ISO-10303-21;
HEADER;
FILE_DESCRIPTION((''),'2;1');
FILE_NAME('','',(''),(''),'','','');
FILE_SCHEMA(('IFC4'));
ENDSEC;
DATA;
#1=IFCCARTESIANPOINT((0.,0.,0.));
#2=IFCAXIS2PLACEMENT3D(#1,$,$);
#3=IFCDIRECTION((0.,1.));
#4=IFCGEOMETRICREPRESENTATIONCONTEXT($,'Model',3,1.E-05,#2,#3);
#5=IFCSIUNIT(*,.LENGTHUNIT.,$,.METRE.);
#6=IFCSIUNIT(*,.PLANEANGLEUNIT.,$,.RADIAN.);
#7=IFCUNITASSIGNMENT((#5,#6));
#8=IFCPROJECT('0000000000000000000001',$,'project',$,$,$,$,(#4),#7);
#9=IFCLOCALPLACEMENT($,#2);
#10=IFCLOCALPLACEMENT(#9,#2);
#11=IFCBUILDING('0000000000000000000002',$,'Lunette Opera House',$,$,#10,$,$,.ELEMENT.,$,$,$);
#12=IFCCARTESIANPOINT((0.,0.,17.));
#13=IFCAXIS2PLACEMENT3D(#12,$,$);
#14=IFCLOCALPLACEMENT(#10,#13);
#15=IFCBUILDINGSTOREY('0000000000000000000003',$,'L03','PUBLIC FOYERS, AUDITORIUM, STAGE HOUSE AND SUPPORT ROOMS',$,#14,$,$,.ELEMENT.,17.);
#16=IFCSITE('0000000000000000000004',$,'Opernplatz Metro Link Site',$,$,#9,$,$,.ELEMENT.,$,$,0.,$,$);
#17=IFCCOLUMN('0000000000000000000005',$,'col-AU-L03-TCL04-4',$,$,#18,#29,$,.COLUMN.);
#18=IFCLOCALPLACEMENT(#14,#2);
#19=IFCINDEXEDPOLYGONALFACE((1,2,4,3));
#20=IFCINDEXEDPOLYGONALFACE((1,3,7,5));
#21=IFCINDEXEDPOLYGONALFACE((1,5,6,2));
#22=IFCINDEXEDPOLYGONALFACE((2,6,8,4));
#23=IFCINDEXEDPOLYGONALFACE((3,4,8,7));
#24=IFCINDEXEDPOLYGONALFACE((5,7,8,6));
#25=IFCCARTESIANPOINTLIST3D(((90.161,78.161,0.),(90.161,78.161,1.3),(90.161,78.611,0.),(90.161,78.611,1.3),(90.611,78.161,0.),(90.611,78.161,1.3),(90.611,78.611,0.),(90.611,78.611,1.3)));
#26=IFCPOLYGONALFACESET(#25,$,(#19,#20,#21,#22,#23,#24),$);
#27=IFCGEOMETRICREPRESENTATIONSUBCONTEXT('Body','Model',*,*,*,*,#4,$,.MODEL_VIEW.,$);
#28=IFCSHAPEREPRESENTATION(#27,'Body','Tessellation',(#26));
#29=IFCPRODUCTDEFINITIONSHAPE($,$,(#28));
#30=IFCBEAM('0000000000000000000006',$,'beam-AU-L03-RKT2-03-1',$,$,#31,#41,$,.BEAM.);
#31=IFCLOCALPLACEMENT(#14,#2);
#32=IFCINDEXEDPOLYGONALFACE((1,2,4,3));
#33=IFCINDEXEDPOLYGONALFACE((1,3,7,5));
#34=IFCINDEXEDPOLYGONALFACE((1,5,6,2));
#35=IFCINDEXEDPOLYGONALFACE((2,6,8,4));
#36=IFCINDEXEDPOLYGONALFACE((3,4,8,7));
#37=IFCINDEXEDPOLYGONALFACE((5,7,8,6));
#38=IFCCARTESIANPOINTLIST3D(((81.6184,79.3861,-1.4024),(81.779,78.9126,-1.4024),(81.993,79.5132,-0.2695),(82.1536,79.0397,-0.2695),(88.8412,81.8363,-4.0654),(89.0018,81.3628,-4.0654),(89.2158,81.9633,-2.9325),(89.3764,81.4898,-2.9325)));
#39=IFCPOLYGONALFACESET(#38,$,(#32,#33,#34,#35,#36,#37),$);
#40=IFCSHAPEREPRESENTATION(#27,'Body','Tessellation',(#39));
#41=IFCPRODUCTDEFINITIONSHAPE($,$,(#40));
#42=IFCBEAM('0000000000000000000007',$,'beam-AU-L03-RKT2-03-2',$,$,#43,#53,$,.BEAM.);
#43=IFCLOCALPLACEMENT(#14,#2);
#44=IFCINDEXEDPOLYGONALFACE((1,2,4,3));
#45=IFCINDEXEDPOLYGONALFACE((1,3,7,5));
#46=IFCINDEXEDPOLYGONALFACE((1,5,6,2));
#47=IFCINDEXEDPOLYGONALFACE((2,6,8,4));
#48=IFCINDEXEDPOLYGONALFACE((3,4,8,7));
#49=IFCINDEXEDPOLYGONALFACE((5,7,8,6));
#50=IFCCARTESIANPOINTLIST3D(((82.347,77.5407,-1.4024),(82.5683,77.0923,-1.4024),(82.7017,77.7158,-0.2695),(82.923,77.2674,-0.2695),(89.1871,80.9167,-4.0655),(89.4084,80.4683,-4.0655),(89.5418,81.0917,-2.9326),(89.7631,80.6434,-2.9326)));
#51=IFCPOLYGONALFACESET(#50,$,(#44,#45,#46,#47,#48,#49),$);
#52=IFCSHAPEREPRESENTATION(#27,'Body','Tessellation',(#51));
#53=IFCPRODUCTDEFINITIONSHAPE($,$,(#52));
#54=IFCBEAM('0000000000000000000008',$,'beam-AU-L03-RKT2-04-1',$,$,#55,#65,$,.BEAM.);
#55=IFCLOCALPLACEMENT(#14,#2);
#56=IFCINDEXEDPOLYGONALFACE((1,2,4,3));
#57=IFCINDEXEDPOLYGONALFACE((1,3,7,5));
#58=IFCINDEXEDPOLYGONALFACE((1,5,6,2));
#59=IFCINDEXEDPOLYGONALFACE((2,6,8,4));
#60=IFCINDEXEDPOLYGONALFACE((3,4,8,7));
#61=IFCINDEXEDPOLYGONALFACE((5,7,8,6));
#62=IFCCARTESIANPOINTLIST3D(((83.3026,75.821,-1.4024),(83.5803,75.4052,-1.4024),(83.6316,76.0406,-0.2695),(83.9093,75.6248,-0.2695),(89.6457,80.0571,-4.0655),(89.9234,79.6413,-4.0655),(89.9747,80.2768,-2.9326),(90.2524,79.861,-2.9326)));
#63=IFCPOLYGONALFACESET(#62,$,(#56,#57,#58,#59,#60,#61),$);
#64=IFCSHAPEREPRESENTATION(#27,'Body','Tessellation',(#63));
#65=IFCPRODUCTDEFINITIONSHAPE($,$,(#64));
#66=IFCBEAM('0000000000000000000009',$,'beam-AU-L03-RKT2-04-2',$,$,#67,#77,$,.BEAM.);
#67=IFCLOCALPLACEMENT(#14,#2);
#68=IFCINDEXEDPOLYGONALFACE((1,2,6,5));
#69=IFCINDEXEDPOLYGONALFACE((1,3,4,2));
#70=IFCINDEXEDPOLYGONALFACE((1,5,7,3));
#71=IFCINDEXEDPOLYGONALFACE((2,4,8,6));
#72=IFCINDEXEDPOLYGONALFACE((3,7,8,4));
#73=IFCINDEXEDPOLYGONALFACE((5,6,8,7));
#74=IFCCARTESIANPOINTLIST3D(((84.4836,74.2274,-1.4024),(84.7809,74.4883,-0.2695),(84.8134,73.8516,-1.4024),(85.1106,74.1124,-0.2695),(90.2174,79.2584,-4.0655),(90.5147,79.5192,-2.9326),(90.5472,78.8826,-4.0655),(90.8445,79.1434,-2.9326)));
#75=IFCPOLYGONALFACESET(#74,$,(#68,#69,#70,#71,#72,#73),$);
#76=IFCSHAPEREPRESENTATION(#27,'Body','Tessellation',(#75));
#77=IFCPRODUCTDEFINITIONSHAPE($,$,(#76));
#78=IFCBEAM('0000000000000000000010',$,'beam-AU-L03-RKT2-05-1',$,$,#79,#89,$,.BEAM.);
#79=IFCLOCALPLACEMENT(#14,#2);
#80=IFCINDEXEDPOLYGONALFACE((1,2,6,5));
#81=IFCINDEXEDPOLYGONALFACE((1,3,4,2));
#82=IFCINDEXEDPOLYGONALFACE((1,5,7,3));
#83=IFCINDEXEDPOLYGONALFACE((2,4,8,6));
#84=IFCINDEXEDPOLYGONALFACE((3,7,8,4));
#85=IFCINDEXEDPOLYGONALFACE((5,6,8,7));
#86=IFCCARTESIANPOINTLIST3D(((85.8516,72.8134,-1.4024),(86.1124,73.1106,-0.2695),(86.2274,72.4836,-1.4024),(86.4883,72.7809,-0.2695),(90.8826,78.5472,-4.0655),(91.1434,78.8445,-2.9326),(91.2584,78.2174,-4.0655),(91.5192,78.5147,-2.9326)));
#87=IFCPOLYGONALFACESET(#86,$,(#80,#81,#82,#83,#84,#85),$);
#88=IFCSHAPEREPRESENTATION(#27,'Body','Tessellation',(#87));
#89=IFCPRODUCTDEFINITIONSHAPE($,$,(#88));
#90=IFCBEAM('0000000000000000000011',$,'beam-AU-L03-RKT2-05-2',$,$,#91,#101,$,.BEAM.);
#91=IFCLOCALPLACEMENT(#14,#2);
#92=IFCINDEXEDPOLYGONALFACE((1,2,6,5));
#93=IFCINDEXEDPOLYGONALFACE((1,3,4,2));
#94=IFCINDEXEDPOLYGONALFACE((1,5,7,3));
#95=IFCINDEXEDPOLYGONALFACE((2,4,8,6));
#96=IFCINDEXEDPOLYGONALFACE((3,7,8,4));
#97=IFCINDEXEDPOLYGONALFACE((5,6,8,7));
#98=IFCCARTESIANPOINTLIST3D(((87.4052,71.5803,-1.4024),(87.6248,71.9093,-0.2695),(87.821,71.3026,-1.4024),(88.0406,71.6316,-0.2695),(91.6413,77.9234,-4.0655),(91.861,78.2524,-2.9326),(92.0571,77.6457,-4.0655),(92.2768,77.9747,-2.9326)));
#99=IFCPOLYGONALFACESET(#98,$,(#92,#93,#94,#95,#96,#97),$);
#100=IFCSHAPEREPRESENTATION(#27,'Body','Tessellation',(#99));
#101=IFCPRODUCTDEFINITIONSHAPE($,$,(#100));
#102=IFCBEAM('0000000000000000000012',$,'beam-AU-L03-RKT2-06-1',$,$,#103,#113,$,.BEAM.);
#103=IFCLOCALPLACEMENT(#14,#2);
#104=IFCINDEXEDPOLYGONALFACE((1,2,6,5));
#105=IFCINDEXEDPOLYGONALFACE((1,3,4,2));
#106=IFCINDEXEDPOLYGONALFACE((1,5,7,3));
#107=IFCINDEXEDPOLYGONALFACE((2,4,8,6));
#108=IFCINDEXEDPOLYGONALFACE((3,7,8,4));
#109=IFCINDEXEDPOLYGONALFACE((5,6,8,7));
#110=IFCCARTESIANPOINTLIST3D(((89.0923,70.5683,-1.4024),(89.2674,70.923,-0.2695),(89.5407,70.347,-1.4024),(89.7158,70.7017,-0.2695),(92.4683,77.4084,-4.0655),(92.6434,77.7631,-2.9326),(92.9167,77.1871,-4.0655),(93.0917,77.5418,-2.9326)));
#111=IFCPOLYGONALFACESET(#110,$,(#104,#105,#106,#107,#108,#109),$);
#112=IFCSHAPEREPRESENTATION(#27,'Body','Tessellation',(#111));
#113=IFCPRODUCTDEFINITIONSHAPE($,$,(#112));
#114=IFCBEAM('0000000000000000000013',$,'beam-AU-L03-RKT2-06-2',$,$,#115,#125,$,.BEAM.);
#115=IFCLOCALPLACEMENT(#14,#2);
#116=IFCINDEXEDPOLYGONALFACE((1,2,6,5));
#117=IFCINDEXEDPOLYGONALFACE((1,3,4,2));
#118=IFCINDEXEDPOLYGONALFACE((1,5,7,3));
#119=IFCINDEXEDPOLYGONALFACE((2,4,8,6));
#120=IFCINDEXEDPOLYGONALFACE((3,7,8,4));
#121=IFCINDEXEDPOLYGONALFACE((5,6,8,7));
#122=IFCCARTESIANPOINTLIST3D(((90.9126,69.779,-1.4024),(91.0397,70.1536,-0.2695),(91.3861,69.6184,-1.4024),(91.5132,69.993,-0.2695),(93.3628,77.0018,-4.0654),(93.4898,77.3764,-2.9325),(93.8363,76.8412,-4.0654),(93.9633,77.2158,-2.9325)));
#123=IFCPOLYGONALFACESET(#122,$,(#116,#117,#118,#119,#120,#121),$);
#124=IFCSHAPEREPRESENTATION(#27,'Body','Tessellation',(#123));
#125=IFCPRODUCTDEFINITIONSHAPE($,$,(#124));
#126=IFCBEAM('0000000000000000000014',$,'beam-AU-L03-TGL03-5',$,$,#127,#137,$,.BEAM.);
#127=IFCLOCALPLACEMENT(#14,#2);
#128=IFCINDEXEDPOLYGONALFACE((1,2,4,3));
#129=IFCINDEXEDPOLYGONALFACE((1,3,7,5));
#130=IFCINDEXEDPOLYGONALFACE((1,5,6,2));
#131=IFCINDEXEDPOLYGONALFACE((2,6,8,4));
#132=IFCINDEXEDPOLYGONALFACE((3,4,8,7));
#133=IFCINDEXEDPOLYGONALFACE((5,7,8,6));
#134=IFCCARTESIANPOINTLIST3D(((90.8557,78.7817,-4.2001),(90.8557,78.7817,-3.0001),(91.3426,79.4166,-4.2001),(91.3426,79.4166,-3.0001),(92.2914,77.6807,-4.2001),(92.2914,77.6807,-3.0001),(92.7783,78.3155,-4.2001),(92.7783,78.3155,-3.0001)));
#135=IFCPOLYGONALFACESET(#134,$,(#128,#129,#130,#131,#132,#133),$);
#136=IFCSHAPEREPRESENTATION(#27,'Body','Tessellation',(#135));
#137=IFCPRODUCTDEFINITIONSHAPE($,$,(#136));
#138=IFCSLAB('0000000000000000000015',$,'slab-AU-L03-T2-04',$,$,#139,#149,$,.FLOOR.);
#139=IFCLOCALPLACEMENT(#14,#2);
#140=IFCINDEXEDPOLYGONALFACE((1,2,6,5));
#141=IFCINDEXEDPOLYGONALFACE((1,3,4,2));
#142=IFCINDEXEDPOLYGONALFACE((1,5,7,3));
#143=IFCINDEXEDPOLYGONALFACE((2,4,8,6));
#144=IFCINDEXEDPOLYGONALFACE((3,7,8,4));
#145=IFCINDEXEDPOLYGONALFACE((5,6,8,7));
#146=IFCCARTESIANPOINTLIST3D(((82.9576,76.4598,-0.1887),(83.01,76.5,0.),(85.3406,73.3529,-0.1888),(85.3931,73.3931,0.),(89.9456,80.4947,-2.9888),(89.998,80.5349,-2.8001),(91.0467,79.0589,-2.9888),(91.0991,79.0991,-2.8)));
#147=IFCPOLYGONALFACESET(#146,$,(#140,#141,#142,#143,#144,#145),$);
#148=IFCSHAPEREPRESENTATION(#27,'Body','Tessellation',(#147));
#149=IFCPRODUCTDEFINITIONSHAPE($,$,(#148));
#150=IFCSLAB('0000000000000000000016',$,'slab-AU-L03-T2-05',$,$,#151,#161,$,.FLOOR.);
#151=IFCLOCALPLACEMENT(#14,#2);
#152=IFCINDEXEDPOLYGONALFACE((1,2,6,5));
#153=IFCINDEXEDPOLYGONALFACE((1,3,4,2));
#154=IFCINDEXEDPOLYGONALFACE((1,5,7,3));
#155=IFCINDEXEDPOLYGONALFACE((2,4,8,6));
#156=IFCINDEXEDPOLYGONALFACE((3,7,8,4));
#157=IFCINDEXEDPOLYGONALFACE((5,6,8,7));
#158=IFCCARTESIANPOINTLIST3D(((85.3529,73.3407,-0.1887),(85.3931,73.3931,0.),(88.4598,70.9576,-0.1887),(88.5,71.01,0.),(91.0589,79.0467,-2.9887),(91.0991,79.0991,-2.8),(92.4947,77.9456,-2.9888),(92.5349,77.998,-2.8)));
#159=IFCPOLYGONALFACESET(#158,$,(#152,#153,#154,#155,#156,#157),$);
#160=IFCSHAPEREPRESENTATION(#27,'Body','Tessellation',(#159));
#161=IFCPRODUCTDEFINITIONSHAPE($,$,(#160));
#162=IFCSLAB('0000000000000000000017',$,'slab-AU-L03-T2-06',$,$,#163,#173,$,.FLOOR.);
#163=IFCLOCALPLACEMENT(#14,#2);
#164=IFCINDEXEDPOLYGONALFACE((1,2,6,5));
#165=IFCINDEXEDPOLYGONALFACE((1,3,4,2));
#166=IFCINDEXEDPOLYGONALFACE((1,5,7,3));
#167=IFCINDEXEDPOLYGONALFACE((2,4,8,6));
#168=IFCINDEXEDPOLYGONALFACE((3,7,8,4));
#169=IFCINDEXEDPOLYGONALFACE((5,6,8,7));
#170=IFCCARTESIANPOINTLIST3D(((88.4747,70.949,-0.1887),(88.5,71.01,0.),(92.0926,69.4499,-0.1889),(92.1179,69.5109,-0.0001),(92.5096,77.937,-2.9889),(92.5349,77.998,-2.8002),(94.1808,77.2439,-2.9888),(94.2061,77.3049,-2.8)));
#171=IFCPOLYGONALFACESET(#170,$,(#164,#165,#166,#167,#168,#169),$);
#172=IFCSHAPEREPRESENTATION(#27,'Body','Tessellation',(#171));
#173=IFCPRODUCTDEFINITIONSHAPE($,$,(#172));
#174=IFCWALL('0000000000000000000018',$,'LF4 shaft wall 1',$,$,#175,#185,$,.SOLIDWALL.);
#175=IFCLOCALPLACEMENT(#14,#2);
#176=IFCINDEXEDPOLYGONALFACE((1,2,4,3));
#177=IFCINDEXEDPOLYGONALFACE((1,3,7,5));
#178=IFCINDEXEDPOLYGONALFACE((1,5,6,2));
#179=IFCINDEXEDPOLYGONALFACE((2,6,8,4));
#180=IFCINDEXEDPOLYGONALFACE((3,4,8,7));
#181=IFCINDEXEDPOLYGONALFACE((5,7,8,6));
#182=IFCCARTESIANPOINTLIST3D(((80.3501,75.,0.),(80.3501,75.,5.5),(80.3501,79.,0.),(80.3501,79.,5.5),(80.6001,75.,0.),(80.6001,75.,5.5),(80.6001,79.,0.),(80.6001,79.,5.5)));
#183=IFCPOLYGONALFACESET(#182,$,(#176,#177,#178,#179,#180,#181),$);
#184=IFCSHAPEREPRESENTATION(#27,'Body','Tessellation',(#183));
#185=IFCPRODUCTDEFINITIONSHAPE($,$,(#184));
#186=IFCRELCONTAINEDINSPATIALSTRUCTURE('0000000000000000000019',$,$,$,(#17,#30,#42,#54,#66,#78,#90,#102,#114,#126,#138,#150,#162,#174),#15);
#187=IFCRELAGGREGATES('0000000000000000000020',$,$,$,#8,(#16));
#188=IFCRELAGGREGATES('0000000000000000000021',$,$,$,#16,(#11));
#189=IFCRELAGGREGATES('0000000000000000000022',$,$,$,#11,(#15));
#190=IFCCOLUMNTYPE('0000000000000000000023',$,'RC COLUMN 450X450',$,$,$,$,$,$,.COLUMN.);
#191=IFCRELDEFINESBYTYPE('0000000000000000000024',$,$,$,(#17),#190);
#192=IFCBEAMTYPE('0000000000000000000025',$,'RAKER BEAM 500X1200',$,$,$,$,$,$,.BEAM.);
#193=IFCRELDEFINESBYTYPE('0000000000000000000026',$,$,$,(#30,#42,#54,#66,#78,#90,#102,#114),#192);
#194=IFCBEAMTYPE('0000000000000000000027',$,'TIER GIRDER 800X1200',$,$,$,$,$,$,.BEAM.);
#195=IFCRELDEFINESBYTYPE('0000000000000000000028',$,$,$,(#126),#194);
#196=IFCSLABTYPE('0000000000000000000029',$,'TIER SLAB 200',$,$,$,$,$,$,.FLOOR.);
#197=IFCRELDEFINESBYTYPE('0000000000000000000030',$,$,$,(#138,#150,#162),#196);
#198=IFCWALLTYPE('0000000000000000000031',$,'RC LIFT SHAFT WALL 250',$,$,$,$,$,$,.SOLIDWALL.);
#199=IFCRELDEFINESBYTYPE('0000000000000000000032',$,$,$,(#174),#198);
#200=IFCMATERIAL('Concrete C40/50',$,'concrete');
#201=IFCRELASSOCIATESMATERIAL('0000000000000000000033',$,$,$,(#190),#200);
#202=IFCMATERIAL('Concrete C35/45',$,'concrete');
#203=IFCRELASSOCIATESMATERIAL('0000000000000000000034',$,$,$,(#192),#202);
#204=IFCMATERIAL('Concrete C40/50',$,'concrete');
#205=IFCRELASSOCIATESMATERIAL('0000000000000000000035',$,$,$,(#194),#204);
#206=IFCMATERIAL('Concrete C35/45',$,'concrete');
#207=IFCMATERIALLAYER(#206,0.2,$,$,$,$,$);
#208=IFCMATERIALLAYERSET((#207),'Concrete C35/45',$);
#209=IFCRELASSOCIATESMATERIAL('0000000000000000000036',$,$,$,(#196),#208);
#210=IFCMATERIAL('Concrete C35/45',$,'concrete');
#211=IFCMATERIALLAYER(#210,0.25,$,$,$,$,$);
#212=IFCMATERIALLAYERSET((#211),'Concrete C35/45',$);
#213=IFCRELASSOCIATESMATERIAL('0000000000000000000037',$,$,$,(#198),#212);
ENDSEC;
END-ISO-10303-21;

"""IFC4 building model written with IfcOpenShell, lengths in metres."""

from ifc_helpers import new_model, si_unit, direction, frame, frame_2d, origin, origin_2d, place, context, subcontext, project, spatial, polyline, rectangle, outline, extrude, material, layer, layer_set, material_profile, profile_set, type_object, element, save


model = new_model("IFC4")

# Units and contexts
model_context = context("Model", 3, precision=1e-05, world=origin(), true_north=direction((0.0, 1.0)))
body_context = subcontext(model_context, "Body", "Model", "MODEL_VIEW")
ifc_project = project(units=[si_unit("LENGTHUNIT", "METRE"), si_unit("PLANEANGLEUNIT", "RADIAN")], contexts=[model_context])

# Site, building, storey
site_placement = place(None, origin())
site = spatial("IfcSite", under=ifc_project, at=site_placement, Name="Opernplatz Metro Link Site", CompositionType="ELEMENT", RefElevation=0.0)
building_placement = place(site_placement, origin())
building = spatial("IfcBuilding", under=site, at=building_placement, Name="Lunette Opera House", CompositionType="ELEMENT")
storey_placement = place(building_placement, frame((0.0, 0.0, 17.0)))
storey = spatial("IfcBuildingStorey", under=building, at=storey_placement, Name="L03", Description="PUBLIC FOYERS, AUDITORIUM, STAGE HOUSE AND SUPPORT ROOMS", CompositionType="ELEMENT", Elevation=17.0)

# Column
ifc_material_1 = material(Name="Concrete C40/50", Category="concrete")
ifc_material_profile_1 = material_profile(ifc_material_1, rectangle(XDim=0.45, YDim=0.45, at=origin_2d()), Name="RC COLUMN 450X450")
ifc_profile_set_1 = profile_set([ifc_material_profile_1], Name="Concrete C40/50")
column_type = type_object("IfcColumnType", Name="RC COLUMN 450X450", PredefinedType="COLUMN", material=ifc_profile_set_1)
column_placement = place(storey_placement, frame((90.386, 78.386, 0.0), z_axis=(0.0, 0.0, 1.0), x_axis=(1.0, 0.0, 0.0)))
element("IfcColumn", 1, at=column_placement, inside=storey, type_object=column_type, Name="col-AU-L03-TCL04-4", PredefinedType="COLUMN", context=body_context, shape_type="SweptSolid", body=[
    extrude(rectangle(XDim=0.45, YDim=0.45, at=origin_2d()), origin(), (0.0, 0.0, 1.0), 1.3),
])

# Beams
ifc_material_2 = material(Name="Concrete C35/45", Category="concrete")
ifc_material_profile_2 = material_profile(ifc_material_2, rectangle(XDim=0.5, YDim=1.2, at=origin_2d()), Name="RAKER BEAM 500X1200")
ifc_profile_set_2 = profile_set([ifc_material_profile_2], Name="Concrete C35/45")
beam_type_1 = type_object("IfcBeamType", Name="RAKER BEAM 500X1200", PredefinedType="BEAM", material=ifc_profile_set_2)
beam_1_placement = place(storey_placement, frame((81.886, 79.2129, -0.8359), z_axis=(0.894065, 0.30329, -0.329642), x_axis=(-0.321246, 0.946996, 0.0)))
element("IfcBeam", 2, at=beam_1_placement, inside=storey, type_object=beam_type_1, Name="beam-AU-L03-RKT2-03-1", PredefinedType="BEAM", context=body_context, shape_type="SweptSolid", body=[
    extrude(rectangle(XDim=0.5, YDim=1.2, at=origin_2d()), origin(), (0.0, 0.0, 1.0), 8.0786),
])
beam_2_placement = place(storey_placement, frame((82.635, 77.4041, -0.8359), z_axis=(0.846613, 0.417852, -0.329616), x_axis=(-0.442586, 0.896726, 0.0)))
element("IfcBeam", 3, at=beam_2_placement, inside=storey, type_object=beam_type_1, Name="beam-AU-L03-RKT2-03-2", PredefinedType="BEAM", context=body_context, shape_type="SweptSolid", body=[
    extrude(rectangle(XDim=0.5, YDim=1.2, at=origin_2d()), origin(), (0.0, 0.0, 1.0), 8.0793),
])
beam_3_placement = place(storey_placement, frame((83.606, 75.7229, -0.8359), z_axis=(0.785124, 0.524332, -0.32963), x_axis=(-0.555372, 0.831602, 0.0)))
element("IfcBeam", 4, at=beam_3_placement, inside=storey, type_object=beam_type_1, Name="beam-AU-L03-RKT2-04-1", PredefinedType="BEAM", context=body_context, shape_type="SweptSolid", body=[
    extrude(rectangle(XDim=0.5, YDim=1.2, at=origin_2d()), origin(), (0.0, 0.0, 1.0), 8.0791),
])
for number, where, z_axis, x_axis, name in (
    (5, (84.7971, 74.1699, -0.8359), (0.709671, 0.622677, -0.329605), (-0.659533, 0.751676, 0.0), "beam-AU-L03-RKT2-04-2"),
    (6, (86.1699, 72.7971, -0.8359), (0.622677, 0.709671, -0.329605), (-0.751676, 0.659533, 0.0), "beam-AU-L03-RKT2-05-1"),
):
    element("IfcBeam", number, at=place(storey_placement, frame(where, z_axis=z_axis, x_axis=x_axis)), inside=storey, type_object=beam_type_1, Name=name, PredefinedType="BEAM", context=body_context, shape_type="SweptSolid", body=[
        extrude(rectangle(XDim=0.5, YDim=1.2, at=origin_2d()), origin(), (0.0, 0.0, 1.0), 8.0796),
    ])
beam_4_placement = place(storey_placement, frame((87.7229, 71.606, -0.8359), z_axis=(0.524332, 0.785124, -0.32963), x_axis=(-0.831602, 0.555372, 0.0)))
element("IfcBeam", 7, at=beam_4_placement, inside=storey, type_object=beam_type_1, Name="beam-AU-L03-RKT2-05-2", PredefinedType="BEAM", context=body_context, shape_type="SweptSolid", body=[
    extrude(rectangle(XDim=0.5, YDim=1.2, at=origin_2d()), origin(), (0.0, 0.0, 1.0), 8.0791),
])
beam_5_placement = place(storey_placement, frame((89.4041, 70.635, -0.8359), z_axis=(0.417852, 0.846613, -0.329616), x_axis=(-0.896726, 0.442586, 0.0)))
element("IfcBeam", 8, at=beam_5_placement, inside=storey, type_object=beam_type_1, Name="beam-AU-L03-RKT2-06-1", PredefinedType="BEAM", context=body_context, shape_type="SweptSolid", body=[
    extrude(rectangle(XDim=0.5, YDim=1.2, at=origin_2d()), origin(), (0.0, 0.0, 1.0), 8.0793),
])
beam_6_placement = place(storey_placement, frame((91.2129, 69.886, -0.8359), z_axis=(0.30329, 0.894065, -0.329642), x_axis=(-0.946996, 0.321246, 0.0)))
element("IfcBeam", 9, at=beam_6_placement, inside=storey, type_object=beam_type_1, Name="beam-AU-L03-RKT2-06-2", PredefinedType="BEAM", context=body_context, shape_type="SweptSolid", body=[
    extrude(rectangle(XDim=0.5, YDim=1.2, at=origin_2d()), origin(), (0.0, 0.0, 1.0), 8.0786),
])
ifc_material_3 = material(Name="Concrete C40/50", Category="concrete")
ifc_material_profile_3 = material_profile(ifc_material_3, rectangle(XDim=0.8, YDim=1.2, at=origin_2d()), Name="TIER GIRDER 800X1200")
ifc_profile_set_3 = profile_set([ifc_material_profile_3], Name="Concrete C40/50")
beam_type_2 = type_object("IfcBeamType", Name="TIER GIRDER 800X1200", PredefinedType="BEAM", material=ifc_profile_set_3)
beam_7_placement = place(storey_placement, frame((91.0991, 79.0991, -3.6001), z_axis=(0.793526, -0.608536, 0.0), x_axis=(0.608536, 0.793526, 0.0)))
element("IfcBeam", 10, at=beam_7_placement, inside=storey, type_object=beam_type_2, Name="beam-AU-L03-TGL03-5", PredefinedType="BEAM", context=body_context, shape_type="SweptSolid", body=[
    extrude(rectangle(XDim=0.8, YDim=1.2, at=origin_2d()), origin(), (0.0, 0.0, 1.0), 1.8093),
])

# Slabs
ifc_material_4 = material(Name="Concrete C35/45", Category="concrete")
ifc_layer_1 = layer(ifc_material_4, 0.2)
ifc_layer_set_1 = layer_set([ifc_layer_1], Name="Concrete C35/45")
slab_type = type_object("IfcSlabType", Name="TIER SLAB 200", PredefinedType="FLOOR", material=ifc_layer_set_1)
slab_1_placement = place(storey_placement, frame((83.01, 76.5, 0.0), z_axis=(0.262122, 0.201039, 0.943862), x_axis=(0.608602, -0.793476, -0.000008)))
element("IfcSlab", 11, at=slab_1_placement, inside=storey, type_object=slab_type, Name="slab-AU-L03-T2-04", PredefinedType="FLOOR", context=body_context, shape_type="SweptSolid", body=[
    extrude(outline(polyline([(0.0, 0.0), (3.9156, 0.0), (2.8607, 8.4762), (1.0514, 8.4763), (0.0, 0.0)])), origin(), (0.0, 0.0, -1.0), 0.2),
])
slab_2_placement = place(storey_placement, frame((85.3931, 73.3931, 0.0), z_axis=(0.201039, 0.262122, 0.943862), x_axis=(0.793476, -0.608602, 0.000008)))
element("IfcSlab", 12, at=slab_2_placement, inside=storey, type_object=slab_type, Name="slab-AU-L03-T2-05", PredefinedType="FLOOR", context=body_context, shape_type="SweptSolid", body=[
    extrude(outline(polyline([(0.0, 0.0), (3.9156, 0.0), (2.8643, 8.4763), (1.0549, 8.4762), (0.0, 0.0)])), origin(), (0.0, 0.0, -1.0), 0.2),
])
slab_3_placement = place(storey_placement, frame((88.5, 71.01, 0.0), z_axis=(0.126488, 0.305182, 0.943856), x_axis=(0.923836, -0.382789, -0.000036)))
element("IfcSlab", 13, at=slab_3_placement, inside=storey, type_object=slab_type, Name="slab-AU-L03-T2-06", PredefinedType="FLOOR", context=body_context, shape_type="SweptSolid", body=[
    extrude(outline(polyline([(0.0, 0.0), (3.9162, 0.0), (2.8619, 8.4755), (1.0528, 8.4762), (0.0, 0.0)])), origin(), (0.0, 0.0, -1.0), 0.2),
])

# Wall
ifc_material_5 = material(Name="Concrete C35/45", Category="concrete")
ifc_layer_2 = layer(ifc_material_5, 0.25)
ifc_layer_set_2 = layer_set([ifc_layer_2], Name="Concrete C35/45")
wall_type_1 = type_object("IfcWallType", Name="RC LIFT SHAFT WALL 250", PredefinedType="SOLIDWALL", material=ifc_layer_set_2)
wall_1_placement = place(storey_placement, frame((80.4751, 75.0, 0.0), z_axis=(0.0, 0.0, 1.0), x_axis=(0.0, 1.0, 0.0)))
element("IfcWall", 14, at=wall_1_placement, inside=storey, type_object=wall_type_1, Name="LF4 shaft wall 1", PredefinedType="SOLIDWALL", context=body_context, shape_type="SweptSolid", body=[
    extrude(rectangle(XDim=4.0, YDim=0.25, at=frame_2d((2.0, 0.0))), origin(), (0.0, 0.0, 1.0), 5.5),
])

save(model, "model.ifc")
